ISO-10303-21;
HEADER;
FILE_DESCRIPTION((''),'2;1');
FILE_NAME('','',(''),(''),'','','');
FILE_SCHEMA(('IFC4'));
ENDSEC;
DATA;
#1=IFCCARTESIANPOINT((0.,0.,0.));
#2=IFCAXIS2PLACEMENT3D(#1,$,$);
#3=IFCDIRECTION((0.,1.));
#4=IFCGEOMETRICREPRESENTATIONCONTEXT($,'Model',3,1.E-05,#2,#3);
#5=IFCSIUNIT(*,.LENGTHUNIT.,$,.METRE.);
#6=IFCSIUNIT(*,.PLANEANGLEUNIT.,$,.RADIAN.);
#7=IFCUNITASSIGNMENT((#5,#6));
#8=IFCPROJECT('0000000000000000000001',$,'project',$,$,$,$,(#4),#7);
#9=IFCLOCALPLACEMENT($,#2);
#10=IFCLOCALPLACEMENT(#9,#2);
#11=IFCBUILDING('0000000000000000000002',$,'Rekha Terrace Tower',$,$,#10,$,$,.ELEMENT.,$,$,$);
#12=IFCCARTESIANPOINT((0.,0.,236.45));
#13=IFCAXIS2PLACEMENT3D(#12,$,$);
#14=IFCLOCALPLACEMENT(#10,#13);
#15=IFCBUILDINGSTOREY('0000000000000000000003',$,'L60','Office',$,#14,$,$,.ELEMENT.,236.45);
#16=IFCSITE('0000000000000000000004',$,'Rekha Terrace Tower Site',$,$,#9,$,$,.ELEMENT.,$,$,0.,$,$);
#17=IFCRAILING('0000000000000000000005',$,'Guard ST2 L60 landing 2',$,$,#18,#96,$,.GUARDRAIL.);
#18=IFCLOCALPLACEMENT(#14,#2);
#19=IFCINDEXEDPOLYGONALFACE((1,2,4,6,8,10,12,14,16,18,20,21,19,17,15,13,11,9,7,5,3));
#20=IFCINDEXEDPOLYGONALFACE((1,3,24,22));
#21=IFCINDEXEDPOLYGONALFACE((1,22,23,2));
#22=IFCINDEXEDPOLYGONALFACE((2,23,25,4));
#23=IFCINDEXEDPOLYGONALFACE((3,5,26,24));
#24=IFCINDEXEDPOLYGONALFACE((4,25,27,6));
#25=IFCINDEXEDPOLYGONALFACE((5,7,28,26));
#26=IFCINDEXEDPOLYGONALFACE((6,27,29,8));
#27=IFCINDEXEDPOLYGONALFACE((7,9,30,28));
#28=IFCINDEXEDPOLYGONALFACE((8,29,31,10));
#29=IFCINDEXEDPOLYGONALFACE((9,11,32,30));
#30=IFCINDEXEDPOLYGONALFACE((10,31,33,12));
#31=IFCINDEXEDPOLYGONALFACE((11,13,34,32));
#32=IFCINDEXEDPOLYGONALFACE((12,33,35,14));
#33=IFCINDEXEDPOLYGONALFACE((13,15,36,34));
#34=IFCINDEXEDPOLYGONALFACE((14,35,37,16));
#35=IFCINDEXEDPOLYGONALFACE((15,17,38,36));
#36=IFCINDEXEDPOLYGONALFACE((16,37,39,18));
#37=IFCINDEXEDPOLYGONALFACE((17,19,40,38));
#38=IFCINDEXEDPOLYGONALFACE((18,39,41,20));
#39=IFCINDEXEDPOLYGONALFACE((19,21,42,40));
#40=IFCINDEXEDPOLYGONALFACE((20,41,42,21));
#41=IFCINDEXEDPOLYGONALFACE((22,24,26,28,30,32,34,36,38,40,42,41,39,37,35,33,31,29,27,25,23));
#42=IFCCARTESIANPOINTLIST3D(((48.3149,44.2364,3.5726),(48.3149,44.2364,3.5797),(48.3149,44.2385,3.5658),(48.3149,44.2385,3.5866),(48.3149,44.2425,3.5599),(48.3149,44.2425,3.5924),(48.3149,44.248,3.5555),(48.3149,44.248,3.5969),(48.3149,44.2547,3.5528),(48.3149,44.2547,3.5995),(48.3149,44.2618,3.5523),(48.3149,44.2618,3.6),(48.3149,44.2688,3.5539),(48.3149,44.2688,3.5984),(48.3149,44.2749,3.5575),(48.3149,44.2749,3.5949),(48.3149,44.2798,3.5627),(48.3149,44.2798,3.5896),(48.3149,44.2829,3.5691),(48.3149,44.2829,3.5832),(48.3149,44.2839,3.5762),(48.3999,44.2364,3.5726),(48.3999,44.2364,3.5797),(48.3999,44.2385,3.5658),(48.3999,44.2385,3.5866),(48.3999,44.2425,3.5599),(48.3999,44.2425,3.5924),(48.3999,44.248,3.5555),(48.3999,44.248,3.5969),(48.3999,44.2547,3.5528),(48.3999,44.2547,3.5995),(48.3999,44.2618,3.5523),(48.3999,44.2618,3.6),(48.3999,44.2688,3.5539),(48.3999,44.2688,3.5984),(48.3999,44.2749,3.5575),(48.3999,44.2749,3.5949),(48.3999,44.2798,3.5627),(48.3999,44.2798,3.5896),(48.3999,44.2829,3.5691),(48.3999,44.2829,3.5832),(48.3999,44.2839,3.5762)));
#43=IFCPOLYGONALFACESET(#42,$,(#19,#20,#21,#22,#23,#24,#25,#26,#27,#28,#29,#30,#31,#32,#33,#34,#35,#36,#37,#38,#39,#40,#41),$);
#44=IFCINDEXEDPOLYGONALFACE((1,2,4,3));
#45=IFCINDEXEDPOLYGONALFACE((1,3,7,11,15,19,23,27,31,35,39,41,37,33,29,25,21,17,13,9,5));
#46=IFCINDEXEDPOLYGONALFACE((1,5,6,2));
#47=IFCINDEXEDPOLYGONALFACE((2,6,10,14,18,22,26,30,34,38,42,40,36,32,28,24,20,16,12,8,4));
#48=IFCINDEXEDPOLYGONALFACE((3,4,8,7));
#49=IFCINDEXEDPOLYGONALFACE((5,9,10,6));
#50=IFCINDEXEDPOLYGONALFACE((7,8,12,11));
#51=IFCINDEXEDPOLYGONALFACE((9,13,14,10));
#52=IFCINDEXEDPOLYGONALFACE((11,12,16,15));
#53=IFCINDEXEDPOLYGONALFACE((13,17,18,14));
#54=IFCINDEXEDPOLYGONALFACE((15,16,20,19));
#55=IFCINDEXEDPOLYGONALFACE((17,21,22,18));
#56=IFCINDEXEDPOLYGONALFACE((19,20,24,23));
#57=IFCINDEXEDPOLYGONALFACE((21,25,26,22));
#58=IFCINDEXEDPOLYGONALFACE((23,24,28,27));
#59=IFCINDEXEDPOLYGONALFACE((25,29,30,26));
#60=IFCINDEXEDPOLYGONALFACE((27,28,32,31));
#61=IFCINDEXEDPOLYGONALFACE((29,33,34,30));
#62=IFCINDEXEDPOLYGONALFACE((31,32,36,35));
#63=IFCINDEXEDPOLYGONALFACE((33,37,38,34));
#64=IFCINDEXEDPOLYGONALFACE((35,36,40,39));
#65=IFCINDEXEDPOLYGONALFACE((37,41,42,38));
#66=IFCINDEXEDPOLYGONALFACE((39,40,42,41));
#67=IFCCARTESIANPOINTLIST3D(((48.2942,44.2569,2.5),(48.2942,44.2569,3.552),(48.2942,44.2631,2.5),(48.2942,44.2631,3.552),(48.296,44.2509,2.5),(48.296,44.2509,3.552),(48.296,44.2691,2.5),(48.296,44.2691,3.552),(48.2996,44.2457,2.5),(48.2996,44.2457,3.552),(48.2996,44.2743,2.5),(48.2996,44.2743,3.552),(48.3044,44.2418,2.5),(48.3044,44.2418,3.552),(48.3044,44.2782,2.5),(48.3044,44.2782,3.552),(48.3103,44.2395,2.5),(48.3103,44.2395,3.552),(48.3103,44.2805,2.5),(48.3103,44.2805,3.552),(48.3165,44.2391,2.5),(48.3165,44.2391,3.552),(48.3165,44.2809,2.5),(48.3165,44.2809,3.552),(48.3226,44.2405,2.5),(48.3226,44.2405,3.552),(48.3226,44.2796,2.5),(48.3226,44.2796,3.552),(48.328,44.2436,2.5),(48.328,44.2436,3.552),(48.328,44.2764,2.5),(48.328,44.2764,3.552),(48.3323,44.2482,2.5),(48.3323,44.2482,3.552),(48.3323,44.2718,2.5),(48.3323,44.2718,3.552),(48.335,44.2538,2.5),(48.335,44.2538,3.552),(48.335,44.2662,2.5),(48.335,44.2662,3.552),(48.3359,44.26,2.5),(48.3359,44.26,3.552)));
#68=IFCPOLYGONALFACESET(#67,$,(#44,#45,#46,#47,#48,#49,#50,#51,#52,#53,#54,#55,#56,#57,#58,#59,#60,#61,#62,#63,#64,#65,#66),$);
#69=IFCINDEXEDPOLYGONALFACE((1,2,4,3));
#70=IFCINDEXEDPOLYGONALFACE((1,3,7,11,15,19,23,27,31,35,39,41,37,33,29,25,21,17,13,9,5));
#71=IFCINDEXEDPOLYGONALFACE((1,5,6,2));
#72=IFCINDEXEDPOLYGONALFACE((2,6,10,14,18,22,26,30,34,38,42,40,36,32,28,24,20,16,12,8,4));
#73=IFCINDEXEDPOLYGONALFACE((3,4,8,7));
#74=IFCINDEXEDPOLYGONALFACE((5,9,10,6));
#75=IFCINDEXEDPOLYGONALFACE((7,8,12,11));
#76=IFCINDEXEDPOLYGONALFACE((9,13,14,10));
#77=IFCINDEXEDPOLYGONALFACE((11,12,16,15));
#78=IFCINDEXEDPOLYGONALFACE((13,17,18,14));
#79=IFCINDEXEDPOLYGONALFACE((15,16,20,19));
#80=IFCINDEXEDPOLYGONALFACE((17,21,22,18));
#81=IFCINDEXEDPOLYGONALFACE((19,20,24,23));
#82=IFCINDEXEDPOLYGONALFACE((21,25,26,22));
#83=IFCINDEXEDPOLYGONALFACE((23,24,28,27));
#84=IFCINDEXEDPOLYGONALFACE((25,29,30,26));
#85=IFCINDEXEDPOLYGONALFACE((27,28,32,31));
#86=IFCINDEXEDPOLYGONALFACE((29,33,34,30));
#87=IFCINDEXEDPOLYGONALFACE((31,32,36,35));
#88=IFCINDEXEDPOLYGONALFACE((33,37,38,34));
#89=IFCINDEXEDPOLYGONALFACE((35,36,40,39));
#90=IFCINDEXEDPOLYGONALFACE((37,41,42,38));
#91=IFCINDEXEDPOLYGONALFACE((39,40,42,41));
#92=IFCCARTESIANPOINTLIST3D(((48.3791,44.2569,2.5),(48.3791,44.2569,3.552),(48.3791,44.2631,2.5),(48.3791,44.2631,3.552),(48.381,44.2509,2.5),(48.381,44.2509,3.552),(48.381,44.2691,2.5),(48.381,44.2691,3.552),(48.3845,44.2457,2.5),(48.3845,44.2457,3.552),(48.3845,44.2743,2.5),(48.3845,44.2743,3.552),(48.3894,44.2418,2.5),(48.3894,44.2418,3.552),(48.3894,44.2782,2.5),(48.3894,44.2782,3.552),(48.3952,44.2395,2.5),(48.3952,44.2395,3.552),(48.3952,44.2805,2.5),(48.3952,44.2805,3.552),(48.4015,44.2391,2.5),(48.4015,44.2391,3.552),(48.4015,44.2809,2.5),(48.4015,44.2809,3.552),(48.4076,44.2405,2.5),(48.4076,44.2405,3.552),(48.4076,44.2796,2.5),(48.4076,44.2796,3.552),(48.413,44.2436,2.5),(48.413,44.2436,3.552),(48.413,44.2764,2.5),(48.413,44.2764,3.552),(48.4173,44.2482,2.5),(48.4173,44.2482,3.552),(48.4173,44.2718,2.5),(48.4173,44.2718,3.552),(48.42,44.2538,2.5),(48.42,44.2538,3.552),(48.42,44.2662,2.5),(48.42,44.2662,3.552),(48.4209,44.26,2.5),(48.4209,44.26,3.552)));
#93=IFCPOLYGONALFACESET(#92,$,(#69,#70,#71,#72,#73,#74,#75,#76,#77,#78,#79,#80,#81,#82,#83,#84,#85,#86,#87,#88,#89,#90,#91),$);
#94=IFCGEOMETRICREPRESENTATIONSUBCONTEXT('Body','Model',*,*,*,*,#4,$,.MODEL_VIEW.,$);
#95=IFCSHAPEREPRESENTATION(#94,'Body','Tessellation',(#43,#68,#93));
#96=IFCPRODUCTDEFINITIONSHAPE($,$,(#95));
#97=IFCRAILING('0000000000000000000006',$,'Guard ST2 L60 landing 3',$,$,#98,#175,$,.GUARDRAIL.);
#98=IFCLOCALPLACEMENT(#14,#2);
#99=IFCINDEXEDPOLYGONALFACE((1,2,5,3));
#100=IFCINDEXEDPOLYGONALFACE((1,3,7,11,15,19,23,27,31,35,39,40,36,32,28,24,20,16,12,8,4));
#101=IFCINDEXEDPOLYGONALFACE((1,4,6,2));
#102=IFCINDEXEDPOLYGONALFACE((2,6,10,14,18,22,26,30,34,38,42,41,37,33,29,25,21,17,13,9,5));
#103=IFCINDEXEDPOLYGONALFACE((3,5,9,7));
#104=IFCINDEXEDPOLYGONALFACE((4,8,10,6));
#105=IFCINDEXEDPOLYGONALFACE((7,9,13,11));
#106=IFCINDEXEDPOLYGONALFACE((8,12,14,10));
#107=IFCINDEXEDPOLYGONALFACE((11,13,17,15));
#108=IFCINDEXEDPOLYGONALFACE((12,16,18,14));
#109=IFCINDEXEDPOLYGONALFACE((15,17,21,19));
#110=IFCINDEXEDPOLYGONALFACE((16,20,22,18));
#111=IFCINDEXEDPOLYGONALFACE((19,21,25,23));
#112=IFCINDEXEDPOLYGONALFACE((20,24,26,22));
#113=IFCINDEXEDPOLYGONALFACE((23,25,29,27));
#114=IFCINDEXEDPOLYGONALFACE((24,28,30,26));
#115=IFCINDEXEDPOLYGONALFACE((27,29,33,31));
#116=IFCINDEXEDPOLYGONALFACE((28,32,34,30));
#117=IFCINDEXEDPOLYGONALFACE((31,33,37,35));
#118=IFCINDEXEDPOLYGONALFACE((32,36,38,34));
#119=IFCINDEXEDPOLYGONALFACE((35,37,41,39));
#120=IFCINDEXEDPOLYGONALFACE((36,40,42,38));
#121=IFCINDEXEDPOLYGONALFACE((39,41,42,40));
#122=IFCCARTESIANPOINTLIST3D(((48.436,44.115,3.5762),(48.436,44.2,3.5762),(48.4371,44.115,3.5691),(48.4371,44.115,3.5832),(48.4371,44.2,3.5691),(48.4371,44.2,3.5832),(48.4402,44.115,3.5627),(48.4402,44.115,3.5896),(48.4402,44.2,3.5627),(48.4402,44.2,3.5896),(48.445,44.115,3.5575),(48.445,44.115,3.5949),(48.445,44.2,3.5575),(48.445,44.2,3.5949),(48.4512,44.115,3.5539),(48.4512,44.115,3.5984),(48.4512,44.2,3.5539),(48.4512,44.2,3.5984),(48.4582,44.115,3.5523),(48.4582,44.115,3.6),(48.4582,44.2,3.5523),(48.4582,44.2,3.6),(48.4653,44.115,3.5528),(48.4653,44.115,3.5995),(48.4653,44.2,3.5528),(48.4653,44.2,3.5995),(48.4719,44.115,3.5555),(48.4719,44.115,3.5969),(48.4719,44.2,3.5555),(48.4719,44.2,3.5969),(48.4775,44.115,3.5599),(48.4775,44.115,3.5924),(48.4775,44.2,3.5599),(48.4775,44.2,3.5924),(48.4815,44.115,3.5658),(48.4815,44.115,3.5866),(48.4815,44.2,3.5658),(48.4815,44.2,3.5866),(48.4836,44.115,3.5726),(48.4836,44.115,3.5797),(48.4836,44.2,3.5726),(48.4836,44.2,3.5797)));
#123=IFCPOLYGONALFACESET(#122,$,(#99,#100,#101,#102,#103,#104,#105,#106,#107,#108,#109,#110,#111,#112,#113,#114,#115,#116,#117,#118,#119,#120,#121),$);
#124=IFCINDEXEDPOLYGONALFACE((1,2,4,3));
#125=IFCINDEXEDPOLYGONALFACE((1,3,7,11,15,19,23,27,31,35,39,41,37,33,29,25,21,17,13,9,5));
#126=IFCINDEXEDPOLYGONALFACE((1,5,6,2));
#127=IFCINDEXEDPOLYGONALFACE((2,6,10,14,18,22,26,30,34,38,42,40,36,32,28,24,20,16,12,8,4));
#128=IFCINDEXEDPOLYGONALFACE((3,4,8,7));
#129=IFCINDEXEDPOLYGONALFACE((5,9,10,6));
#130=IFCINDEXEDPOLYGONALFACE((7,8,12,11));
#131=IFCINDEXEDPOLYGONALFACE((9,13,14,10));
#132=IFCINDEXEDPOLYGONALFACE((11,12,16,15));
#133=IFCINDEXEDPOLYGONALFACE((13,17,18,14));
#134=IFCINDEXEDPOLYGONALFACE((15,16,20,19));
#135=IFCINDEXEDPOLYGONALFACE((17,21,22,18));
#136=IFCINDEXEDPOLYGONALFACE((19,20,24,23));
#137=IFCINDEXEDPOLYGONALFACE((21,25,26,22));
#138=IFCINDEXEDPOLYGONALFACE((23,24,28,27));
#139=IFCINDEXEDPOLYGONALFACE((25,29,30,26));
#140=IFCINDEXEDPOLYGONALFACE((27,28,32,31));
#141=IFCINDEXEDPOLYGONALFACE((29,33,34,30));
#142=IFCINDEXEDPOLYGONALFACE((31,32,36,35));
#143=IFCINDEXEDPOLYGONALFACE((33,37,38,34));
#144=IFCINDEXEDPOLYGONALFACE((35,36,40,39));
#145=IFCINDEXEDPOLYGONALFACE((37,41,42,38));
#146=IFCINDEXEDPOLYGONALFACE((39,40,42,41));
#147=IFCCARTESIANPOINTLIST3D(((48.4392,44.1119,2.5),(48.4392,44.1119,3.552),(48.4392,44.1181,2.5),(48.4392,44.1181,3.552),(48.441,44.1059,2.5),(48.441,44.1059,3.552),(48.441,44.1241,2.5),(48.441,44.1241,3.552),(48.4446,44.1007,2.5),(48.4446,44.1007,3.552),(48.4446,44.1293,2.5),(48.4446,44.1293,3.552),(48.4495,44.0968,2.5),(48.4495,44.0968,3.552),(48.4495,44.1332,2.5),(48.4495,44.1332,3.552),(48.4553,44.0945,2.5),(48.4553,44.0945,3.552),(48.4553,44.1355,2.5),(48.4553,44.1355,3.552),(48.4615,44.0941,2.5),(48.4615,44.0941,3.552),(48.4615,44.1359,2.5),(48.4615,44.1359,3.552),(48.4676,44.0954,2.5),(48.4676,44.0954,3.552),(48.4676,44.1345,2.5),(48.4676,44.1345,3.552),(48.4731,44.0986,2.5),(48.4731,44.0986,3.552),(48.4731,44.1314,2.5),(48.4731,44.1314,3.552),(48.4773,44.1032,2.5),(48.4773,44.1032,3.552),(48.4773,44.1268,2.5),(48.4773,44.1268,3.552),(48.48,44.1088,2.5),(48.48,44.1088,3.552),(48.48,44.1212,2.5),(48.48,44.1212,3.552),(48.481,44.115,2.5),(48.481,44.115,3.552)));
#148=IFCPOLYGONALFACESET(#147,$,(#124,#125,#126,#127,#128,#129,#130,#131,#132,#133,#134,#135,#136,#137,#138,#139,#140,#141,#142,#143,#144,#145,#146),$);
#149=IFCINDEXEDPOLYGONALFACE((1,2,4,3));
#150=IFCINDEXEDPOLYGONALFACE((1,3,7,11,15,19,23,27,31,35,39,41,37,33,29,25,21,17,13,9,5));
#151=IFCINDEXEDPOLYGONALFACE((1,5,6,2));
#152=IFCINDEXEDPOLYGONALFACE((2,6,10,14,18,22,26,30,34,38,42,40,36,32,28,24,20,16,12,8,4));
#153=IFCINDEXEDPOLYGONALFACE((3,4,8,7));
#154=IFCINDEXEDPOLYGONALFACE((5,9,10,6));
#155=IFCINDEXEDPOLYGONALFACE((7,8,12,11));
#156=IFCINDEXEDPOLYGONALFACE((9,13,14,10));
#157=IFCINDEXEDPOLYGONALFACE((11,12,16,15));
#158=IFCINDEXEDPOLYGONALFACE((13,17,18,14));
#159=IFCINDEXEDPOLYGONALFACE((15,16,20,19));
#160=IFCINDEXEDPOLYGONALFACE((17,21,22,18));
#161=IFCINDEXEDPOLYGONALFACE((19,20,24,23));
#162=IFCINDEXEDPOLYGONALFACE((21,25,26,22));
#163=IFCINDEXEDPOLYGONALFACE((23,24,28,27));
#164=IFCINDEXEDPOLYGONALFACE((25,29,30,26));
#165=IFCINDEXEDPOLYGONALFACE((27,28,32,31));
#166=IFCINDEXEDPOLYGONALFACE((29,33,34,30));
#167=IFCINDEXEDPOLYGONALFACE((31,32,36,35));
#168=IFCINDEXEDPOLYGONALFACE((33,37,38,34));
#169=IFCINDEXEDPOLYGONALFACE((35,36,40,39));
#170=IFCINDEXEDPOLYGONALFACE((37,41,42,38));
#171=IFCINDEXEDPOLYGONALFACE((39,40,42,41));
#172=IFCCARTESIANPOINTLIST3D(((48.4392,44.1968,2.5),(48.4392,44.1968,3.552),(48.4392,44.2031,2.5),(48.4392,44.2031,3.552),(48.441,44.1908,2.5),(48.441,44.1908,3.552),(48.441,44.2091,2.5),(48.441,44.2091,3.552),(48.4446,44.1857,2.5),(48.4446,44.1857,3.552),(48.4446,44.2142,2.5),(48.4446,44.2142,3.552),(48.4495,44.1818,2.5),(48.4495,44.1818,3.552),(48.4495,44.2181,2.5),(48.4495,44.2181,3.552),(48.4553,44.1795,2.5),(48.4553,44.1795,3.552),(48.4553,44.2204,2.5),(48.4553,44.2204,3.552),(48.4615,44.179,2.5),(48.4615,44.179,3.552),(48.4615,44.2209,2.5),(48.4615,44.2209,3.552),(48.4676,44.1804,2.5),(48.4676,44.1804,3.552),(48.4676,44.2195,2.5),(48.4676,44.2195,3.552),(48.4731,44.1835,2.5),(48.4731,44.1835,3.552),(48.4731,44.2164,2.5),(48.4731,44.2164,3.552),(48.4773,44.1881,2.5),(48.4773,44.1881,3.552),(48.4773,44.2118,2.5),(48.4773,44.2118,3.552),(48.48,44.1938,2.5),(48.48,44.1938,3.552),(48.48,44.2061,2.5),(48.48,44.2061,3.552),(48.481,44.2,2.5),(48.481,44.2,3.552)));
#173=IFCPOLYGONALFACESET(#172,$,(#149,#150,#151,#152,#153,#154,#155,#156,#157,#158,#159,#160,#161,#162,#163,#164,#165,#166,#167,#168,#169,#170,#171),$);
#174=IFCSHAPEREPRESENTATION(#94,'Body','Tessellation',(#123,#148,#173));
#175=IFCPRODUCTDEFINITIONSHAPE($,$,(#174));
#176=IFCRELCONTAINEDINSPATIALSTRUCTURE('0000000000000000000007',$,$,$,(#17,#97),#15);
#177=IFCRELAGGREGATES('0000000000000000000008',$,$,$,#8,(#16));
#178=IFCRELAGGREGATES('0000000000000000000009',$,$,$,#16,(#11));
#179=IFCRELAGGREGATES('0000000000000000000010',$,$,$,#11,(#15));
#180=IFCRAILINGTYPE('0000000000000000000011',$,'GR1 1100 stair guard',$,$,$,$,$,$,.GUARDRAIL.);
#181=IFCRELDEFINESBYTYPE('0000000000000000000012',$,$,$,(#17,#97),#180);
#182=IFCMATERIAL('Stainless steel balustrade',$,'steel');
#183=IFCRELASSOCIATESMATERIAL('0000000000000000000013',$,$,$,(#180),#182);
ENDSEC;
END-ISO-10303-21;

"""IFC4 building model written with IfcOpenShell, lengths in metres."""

from ifc_helpers import new_model, si_unit, direction, frame, origin, origin_2d, place, context, subcontext, project, spatial, circle, extrude, material, type_object, element, save


model = new_model("IFC4")

# Units and contexts
model_context = context("Model", 3, precision=1e-05, world=origin(), true_north=direction((0.0, 1.0)))
body_context = subcontext(model_context, "Body", "Model", "MODEL_VIEW")
ifc_project = project(units=[si_unit("LENGTHUNIT", "METRE"), si_unit("PLANEANGLEUNIT", "RADIAN")], contexts=[model_context])

# Site, building, storey
site_placement = place(None, origin())
site = spatial("IfcSite", under=ifc_project, at=site_placement, Name="Rekha Terrace Tower Site", CompositionType="ELEMENT", RefElevation=0.0)
building_placement = place(site_placement, origin())
building = spatial("IfcBuilding", under=site, at=building_placement, Name="Rekha Terrace Tower", CompositionType="ELEMENT")
storey_placement = place(building_placement, frame((0.0, 0.0, 236.45)))
storey = spatial("IfcBuildingStorey", under=building, at=storey_placement, Name="L60", Description="Office", CompositionType="ELEMENT", Elevation=236.45)

# Railings
ifc_material_1 = material(Name="Stainless steel balustrade", Category="steel")
railing_type_1 = type_object("IfcRailingType", Name="GR1 1100 stair guard", PredefinedType="GUARDRAIL", material=ifc_material_1)
railing_1_placement = place(storey_placement, frame((48.3149, 44.26, 2.5)))
element("IfcRailing", 1, at=railing_1_placement, inside=storey, type_object=railing_type_1, Name="Guard ST2 L60 landing 2", PredefinedType="GUARDRAIL", context=body_context, shape_type="SweptSolid", body=[
    extrude(circle(Radius=0.0239, at=origin_2d()), frame((0.0, 0.0, 1.0762), z_axis=(1.0, 0.0, 0.0), x_axis=(0.0, 1.0, 0.0)), (0.0, 0.0, 1.0), 0.085),
    extrude(circle(Radius=0.021, at=origin_2d()), origin(), (0.0, 0.0, 1.0), 1.052),
    extrude(circle(Radius=0.021, at=origin_2d()), frame((0.085, 0.0, 0.0)), (0.0, 0.0, 1.0), 1.052),
])
railing_2_placement = place(storey_placement, frame((48.46, 44.115, 2.5)))
element("IfcRailing", 2, at=railing_2_placement, inside=storey, type_object=railing_type_1, Name="Guard ST2 L60 landing 3", PredefinedType="GUARDRAIL", context=body_context, shape_type="SweptSolid", body=[
    extrude(circle(Radius=0.0239, at=origin_2d()), frame((0.0, 0.0, 1.0762), z_axis=(0.0, 1.0, 0.0), x_axis=(-1.0, 0.0, 0.0)), (0.0, 0.0, 1.0), 0.085),
    extrude(circle(Radius=0.021, at=origin_2d()), origin(), (0.0, 0.0, 1.0), 1.052),
    extrude(circle(Radius=0.021, at=origin_2d()), frame((0.0, 0.085, 0.0)), (0.0, 0.0, 1.0), 1.052),
])

save(model, "model.ifc")
